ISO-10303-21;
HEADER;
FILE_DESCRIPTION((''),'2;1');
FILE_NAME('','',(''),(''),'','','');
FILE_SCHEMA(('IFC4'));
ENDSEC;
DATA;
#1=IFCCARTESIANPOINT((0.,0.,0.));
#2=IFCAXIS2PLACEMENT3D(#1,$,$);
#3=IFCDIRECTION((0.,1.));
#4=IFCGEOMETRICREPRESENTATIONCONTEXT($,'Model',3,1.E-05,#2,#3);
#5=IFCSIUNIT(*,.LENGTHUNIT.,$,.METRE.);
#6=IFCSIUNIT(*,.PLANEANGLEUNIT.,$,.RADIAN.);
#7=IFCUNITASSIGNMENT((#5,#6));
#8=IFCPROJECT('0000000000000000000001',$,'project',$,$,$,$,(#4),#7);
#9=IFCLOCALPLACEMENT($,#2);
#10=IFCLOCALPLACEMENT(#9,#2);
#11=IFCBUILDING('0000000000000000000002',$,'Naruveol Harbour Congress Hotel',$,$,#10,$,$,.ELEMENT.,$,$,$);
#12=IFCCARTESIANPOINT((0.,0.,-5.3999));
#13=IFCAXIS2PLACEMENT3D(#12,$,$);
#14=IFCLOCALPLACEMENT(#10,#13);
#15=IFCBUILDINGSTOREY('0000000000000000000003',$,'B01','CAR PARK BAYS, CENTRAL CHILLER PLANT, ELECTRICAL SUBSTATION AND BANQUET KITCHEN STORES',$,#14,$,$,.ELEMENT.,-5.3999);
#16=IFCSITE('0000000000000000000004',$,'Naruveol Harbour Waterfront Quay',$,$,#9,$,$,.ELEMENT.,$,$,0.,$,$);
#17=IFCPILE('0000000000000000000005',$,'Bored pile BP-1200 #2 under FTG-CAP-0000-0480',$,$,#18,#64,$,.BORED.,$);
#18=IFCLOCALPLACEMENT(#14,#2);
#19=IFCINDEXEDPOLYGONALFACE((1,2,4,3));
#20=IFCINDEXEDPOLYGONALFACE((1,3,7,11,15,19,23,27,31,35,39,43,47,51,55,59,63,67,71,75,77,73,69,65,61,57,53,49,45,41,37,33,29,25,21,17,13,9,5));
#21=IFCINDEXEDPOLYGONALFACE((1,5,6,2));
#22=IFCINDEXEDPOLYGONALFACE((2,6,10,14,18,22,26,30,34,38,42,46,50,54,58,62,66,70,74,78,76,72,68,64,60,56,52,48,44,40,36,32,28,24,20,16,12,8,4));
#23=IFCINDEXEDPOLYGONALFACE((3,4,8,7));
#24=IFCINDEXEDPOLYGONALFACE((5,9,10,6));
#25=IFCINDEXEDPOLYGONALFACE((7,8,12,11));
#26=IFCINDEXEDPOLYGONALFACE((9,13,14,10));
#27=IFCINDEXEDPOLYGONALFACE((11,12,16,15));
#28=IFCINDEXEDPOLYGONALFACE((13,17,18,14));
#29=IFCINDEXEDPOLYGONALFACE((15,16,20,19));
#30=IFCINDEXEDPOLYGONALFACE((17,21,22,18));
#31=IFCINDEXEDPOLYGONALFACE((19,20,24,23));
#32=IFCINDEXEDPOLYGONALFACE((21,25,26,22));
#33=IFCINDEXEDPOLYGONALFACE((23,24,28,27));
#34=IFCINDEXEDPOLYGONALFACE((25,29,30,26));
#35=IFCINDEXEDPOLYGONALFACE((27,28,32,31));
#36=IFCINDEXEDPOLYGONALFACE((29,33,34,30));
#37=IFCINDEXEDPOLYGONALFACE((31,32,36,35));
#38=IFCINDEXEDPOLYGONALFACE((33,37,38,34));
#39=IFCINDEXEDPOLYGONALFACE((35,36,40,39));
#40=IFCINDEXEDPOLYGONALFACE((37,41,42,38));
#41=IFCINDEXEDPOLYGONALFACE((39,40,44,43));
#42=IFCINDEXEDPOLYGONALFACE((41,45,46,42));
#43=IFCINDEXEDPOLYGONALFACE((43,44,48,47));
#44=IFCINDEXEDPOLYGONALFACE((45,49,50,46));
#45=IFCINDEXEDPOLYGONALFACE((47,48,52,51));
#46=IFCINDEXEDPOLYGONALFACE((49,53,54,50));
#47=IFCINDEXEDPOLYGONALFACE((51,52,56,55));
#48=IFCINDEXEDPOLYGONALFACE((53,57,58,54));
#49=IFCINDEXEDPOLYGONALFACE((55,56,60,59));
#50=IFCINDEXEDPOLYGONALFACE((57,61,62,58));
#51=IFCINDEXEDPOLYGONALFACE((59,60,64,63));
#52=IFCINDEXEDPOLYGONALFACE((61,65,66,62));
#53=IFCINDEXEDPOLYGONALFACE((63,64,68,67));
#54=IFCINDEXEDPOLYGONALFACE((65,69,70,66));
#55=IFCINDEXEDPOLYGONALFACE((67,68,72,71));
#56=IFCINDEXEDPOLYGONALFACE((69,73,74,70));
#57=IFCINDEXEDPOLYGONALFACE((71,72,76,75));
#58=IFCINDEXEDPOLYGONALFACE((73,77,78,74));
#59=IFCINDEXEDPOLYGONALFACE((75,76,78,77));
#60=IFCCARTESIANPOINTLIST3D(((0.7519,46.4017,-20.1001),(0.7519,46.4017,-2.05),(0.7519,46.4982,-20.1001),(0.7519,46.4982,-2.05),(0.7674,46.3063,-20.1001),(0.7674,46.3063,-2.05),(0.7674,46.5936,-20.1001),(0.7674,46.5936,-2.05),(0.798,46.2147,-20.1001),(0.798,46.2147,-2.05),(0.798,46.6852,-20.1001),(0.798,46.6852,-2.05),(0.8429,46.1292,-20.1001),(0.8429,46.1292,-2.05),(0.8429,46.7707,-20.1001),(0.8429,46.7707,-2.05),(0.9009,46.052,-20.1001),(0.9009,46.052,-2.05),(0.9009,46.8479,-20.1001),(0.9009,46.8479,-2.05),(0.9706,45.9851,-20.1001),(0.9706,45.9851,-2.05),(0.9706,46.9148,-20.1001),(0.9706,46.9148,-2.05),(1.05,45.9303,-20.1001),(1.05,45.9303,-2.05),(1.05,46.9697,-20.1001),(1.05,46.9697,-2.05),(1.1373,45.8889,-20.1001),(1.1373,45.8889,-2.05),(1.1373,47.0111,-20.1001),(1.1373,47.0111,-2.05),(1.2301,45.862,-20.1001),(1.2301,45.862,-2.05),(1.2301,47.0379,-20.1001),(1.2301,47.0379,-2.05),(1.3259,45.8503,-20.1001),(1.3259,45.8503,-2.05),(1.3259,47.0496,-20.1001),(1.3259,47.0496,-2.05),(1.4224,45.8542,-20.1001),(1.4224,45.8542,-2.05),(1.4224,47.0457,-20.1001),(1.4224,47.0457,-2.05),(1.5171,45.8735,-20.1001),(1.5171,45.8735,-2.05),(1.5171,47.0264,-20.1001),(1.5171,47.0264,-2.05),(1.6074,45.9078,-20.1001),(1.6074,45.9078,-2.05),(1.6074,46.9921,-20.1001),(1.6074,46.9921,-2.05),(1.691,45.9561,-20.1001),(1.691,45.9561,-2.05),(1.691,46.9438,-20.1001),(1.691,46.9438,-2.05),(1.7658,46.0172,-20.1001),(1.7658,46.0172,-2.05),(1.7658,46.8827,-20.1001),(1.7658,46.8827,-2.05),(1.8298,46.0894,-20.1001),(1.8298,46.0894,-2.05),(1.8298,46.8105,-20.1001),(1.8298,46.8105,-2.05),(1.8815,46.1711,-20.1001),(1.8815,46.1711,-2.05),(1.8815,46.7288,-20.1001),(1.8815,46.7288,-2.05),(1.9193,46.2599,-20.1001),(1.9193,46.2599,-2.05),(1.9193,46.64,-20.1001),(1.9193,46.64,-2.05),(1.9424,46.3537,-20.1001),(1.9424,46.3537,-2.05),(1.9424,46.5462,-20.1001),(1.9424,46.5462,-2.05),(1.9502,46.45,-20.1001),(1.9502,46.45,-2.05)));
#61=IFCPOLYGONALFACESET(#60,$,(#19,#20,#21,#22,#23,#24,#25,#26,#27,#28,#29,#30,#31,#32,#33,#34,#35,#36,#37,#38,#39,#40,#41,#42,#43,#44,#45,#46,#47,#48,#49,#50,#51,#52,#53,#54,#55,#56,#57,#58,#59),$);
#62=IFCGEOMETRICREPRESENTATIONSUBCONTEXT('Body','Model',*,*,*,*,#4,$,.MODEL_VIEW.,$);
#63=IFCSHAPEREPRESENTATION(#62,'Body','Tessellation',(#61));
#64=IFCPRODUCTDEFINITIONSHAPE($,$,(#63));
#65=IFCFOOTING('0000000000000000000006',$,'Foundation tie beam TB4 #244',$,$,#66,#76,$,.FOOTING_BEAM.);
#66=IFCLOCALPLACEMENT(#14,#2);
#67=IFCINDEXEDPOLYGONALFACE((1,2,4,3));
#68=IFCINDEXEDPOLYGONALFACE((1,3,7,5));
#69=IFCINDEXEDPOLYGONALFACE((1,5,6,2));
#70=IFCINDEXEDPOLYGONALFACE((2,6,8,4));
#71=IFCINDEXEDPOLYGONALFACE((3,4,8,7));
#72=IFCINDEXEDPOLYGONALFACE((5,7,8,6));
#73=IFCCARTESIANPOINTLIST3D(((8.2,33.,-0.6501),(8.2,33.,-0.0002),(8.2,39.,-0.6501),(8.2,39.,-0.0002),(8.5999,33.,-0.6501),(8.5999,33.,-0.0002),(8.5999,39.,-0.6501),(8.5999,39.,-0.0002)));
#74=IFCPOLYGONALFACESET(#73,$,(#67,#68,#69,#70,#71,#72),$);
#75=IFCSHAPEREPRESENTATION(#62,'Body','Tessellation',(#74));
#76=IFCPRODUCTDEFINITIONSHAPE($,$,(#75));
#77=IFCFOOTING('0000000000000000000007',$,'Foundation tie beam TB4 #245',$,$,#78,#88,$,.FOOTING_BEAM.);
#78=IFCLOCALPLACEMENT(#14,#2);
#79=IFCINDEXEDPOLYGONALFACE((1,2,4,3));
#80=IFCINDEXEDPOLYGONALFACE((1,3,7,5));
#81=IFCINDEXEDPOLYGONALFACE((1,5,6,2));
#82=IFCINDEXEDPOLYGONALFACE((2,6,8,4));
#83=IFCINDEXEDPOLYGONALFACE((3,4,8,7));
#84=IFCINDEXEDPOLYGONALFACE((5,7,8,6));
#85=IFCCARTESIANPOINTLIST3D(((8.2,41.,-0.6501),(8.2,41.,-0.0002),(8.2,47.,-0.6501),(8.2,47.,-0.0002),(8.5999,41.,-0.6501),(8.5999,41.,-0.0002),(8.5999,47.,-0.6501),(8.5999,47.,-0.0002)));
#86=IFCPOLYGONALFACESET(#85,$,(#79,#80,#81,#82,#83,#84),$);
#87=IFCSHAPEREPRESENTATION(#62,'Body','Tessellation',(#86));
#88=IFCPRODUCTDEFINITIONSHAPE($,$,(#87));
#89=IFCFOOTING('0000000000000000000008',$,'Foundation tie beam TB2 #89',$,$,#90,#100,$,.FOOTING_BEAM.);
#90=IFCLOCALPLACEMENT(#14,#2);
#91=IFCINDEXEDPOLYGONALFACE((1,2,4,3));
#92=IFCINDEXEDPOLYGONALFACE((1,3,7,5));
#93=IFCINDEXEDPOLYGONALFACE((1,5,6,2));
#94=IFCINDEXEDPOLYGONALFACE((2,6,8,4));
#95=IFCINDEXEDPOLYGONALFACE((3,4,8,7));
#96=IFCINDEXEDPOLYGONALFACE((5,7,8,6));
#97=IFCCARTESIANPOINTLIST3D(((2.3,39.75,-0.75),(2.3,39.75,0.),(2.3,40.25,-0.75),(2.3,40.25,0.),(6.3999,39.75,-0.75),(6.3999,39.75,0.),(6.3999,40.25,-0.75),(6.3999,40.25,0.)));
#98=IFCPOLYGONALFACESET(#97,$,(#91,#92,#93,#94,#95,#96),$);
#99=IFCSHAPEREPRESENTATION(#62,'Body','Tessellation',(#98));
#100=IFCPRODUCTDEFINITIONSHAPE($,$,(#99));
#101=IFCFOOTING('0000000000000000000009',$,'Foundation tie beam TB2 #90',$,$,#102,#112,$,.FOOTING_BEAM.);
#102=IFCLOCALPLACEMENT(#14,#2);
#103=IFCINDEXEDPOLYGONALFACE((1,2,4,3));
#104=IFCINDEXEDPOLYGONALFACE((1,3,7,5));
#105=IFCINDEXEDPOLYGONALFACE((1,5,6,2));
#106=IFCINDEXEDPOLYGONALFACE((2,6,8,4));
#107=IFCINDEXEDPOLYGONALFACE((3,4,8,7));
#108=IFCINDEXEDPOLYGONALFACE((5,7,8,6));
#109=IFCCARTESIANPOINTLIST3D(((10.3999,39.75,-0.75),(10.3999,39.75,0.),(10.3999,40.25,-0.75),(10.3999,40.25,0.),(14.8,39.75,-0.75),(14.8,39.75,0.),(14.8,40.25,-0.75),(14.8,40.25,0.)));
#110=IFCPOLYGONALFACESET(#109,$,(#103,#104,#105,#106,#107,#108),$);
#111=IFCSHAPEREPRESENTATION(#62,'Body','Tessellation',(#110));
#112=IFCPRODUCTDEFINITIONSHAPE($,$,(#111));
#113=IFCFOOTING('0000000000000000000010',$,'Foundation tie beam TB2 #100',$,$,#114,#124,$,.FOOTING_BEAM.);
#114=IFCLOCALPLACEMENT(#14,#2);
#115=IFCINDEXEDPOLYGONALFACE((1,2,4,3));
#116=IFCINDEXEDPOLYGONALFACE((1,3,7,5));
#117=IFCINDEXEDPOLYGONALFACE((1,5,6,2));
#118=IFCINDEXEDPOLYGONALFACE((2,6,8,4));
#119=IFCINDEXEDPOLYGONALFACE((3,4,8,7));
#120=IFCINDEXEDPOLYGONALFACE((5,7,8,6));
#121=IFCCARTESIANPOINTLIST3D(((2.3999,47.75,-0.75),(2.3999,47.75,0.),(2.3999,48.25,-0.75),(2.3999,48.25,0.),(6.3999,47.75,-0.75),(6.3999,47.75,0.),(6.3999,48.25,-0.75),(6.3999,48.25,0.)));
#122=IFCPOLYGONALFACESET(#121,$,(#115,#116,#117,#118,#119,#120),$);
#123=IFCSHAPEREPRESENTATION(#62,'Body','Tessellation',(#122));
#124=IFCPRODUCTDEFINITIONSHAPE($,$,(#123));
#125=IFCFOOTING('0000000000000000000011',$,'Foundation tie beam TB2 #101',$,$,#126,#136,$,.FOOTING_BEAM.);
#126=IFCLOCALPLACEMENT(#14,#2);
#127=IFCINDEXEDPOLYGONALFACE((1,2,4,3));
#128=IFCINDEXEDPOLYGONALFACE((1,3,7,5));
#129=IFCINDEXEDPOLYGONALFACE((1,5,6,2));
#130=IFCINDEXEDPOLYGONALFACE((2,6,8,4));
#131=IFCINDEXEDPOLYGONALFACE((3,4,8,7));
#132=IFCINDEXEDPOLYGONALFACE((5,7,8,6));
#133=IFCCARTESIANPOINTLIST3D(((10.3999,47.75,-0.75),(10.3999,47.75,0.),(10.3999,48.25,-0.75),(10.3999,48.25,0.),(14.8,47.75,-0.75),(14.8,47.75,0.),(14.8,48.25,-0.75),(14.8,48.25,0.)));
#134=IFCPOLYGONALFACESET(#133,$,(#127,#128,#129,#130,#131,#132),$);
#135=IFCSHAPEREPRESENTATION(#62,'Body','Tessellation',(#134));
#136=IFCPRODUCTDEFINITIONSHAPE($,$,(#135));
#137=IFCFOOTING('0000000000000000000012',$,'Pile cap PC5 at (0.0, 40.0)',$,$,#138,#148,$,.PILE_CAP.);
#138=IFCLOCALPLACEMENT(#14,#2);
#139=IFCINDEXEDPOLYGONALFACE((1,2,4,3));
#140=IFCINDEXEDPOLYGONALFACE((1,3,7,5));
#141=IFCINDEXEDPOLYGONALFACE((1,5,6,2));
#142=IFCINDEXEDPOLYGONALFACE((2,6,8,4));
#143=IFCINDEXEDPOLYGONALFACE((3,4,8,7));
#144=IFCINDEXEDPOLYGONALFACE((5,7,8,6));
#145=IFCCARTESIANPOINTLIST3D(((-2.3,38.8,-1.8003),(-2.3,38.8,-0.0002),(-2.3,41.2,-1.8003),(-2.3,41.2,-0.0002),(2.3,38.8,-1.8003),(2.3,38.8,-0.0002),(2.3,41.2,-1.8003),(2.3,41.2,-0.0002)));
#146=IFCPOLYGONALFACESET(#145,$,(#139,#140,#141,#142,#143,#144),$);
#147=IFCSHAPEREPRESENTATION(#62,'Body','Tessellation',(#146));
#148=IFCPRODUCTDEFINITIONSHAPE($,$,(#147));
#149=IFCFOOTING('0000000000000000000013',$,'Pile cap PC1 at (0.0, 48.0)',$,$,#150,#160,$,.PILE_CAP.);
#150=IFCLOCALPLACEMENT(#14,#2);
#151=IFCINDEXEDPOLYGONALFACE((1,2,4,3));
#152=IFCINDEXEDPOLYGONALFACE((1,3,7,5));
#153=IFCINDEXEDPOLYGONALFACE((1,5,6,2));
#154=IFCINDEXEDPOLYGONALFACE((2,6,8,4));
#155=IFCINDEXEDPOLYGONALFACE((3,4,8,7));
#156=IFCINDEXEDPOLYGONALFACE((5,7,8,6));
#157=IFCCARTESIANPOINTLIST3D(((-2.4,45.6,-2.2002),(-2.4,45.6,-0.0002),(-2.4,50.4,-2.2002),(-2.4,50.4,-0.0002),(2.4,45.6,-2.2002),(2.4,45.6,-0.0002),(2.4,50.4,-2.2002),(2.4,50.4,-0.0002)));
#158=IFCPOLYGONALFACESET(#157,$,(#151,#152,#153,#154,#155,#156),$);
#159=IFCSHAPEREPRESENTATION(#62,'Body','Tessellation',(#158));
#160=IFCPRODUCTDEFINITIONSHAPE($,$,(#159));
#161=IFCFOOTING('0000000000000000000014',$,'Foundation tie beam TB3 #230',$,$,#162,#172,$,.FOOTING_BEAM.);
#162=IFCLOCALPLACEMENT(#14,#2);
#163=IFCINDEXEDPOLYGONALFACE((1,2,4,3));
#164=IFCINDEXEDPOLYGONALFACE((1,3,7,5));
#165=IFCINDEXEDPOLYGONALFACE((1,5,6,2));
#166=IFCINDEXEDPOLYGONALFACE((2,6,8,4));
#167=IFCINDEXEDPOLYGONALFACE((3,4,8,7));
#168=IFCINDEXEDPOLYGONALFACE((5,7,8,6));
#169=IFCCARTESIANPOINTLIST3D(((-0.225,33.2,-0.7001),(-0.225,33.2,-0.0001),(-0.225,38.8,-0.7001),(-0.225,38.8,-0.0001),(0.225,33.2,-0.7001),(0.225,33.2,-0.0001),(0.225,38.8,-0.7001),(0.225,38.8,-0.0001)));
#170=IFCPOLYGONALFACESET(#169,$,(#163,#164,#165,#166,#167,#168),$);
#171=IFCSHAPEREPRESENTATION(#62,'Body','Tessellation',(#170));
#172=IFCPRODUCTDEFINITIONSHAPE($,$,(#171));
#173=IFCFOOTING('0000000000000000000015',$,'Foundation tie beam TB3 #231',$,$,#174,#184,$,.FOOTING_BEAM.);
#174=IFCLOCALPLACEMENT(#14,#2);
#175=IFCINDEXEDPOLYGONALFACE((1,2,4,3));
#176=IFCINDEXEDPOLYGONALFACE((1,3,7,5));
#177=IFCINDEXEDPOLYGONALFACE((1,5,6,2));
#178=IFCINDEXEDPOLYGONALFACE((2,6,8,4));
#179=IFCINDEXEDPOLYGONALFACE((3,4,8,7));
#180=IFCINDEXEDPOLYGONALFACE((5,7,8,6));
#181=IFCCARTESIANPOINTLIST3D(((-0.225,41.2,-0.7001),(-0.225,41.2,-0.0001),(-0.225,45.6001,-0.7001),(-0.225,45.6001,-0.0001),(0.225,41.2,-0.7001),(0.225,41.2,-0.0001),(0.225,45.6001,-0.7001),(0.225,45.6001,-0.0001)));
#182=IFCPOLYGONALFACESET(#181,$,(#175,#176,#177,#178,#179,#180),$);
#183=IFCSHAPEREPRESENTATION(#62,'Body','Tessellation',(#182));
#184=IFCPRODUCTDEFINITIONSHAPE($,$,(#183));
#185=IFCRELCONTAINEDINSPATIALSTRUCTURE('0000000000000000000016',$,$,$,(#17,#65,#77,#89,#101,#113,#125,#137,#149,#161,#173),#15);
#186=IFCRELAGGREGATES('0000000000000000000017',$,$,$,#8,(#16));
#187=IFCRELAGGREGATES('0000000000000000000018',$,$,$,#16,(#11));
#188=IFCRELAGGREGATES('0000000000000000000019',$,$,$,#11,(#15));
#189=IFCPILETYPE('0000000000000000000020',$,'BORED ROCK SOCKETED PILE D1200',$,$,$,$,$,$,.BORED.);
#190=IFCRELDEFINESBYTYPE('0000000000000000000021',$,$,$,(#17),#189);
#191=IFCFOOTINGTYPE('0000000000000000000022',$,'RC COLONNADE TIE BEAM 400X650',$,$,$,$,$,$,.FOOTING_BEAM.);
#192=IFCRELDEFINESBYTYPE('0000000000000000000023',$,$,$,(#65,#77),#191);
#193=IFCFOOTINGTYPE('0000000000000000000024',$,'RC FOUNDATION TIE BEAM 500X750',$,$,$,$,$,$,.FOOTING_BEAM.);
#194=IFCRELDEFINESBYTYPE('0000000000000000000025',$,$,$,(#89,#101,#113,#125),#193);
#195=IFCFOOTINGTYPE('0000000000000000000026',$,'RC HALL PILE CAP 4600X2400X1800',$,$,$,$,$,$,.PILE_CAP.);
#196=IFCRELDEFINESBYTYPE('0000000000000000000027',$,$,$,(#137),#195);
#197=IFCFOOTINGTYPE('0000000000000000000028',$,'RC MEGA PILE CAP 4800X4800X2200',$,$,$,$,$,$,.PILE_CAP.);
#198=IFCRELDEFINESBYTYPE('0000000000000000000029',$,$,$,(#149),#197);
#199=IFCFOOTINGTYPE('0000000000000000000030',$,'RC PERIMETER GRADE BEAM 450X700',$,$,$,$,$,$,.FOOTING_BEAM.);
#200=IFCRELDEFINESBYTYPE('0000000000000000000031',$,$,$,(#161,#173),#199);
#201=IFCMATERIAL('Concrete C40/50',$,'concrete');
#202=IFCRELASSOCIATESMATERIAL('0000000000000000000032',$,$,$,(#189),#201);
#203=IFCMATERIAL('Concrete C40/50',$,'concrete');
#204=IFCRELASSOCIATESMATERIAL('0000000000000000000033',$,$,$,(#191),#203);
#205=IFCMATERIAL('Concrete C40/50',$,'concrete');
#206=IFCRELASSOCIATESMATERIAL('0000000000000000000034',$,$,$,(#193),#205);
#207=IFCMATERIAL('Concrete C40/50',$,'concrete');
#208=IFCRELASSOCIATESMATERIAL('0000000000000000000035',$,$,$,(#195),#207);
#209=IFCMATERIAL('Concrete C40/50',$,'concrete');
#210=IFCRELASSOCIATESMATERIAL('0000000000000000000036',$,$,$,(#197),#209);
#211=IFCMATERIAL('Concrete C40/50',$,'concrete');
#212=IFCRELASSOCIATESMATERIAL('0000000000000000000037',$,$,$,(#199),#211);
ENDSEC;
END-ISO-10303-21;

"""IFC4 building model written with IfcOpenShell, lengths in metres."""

from ifc_helpers import new_model, si_unit, direction, frame, origin, origin_2d, place, context, subcontext, project, spatial, rectangle, circle, extrude, material, material_profile, profile_set, type_object, element, save


model = new_model("IFC4")

# Units and contexts
model_context = context("Model", 3, precision=1e-05, world=origin(), true_north=direction((0.0, 1.0)))
body_context = subcontext(model_context, "Body", "Model", "MODEL_VIEW")
ifc_project = project(units=[si_unit("LENGTHUNIT", "METRE"), si_unit("PLANEANGLEUNIT", "RADIAN")], contexts=[model_context])

# Site, building, storey
site_placement = place(None, origin())
site = spatial("IfcSite", under=ifc_project, at=site_placement, Name="Naruveol Harbour Waterfront Quay", CompositionType="ELEMENT", RefElevation=0.0)
building_placement = place(site_placement, origin())
building = spatial("IfcBuilding", under=site, at=building_placement, Name="Naruveol Harbour Congress Hotel", CompositionType="ELEMENT")
storey_placement = place(building_placement, frame((0.0, 0.0, -5.3999)))
storey = spatial("IfcBuildingStorey", under=building, at=storey_placement, Name="B01", Description="CAR PARK BAYS, CENTRAL CHILLER PLANT, ELECTRICAL SUBSTATION AND BANQUET KITCHEN STORES", CompositionType="ELEMENT", Elevation=-5.3999)

# Pile
ifc_material_1 = material(Name="Concrete C40/50", Category="concrete")
ifc_material_profile_1 = material_profile(ifc_material_1, circle(Radius=0.6001, at=origin_2d()), Name="BP-1200")
ifc_profile_set_1 = profile_set([ifc_material_profile_1], Name="Concrete C40/50")
pile_type_1 = type_object("IfcPileType", Name="BORED ROCK SOCKETED PILE D1200", PredefinedType="BORED", material=ifc_profile_set_1)
for number, where, z_axis, x_axis, name in (
    (1, (1.3501, 46.45, -2.05), (0.0, 0.0, -1.0), (1.0, 0.0, 0.0), "Bored pile BP-1200 #2 under FTG-CAP-0000-0480"),
):
    element("IfcPile", number, at=place(storey_placement, frame(where, z_axis=z_axis, x_axis=x_axis)), inside=storey, type_object=pile_type_1, Name=name, PredefinedType="BORED", context=body_context, shape_type="SweptSolid", body=[
        extrude(circle(Radius=0.6001, at=origin_2d()), origin(), (0.0, 0.0, 1.0), 18.05),
    ])

# Footings
ifc_material_2 = material(Name="Concrete C40/50", Category="concrete")
ifc_material_profile_2 = material_profile(ifc_material_2, rectangle(XDim=0.3999, YDim=0.6499, at=origin_2d()), Name="RCB-400x650")
ifc_profile_set_2 = profile_set([ifc_material_profile_2], Name="Concrete C40/50")
footing_type_1 = type_object("IfcFootingType", Name="RC COLONNADE TIE BEAM 400X650", PredefinedType="FOOTING_BEAM", material=ifc_profile_set_2)
for number, where, z_axis, x_axis, name in (
    (2, (8.3999, 33.0, -0.3252), (0.0, 1.0, 0.0), (-1.0, 0.0, 0.0), "Foundation tie beam TB4 #244"),
    (3, (8.3999, 41.0, -0.3252), (0.0, 1.0, 0.0), (-1.0, 0.0, 0.0), "Foundation tie beam TB4 #245"),
):
    element("IfcFooting", number, at=place(storey_placement, frame(where, z_axis=z_axis, x_axis=x_axis)), inside=storey, type_object=footing_type_1, Name=name, PredefinedType="FOOTING_BEAM", context=body_context, shape_type="SweptSolid", body=[
        extrude(rectangle(XDim=0.3999, YDim=0.6499, at=origin_2d()), origin(), (0.0, 0.0, 1.0), 6.0),
    ])
ifc_material_3 = material(Name="Concrete C40/50", Category="concrete")
ifc_material_profile_3 = material_profile(ifc_material_3, rectangle(XDim=0.5, YDim=0.75, at=origin_2d()), Name="RCB-500x750")
ifc_profile_set_3 = profile_set([ifc_material_profile_3], Name="Concrete C40/50")
footing_type_2 = type_object("IfcFootingType", Name="RC FOUNDATION TIE BEAM 500X750", PredefinedType="FOOTING_BEAM", material=ifc_profile_set_3)
footing_1_placement = place(storey_placement, frame((2.3, 40.0, -0.375), z_axis=(1.0, 0.0, 0.0), x_axis=(0.0, 1.0, 0.0)))
element("IfcFooting", 4, at=footing_1_placement, inside=storey, type_object=footing_type_2, Name="Foundation tie beam TB2 #89", PredefinedType="FOOTING_BEAM", context=body_context, shape_type="SweptSolid", body=[
    extrude(rectangle(XDim=0.5, YDim=0.75, at=origin_2d()), origin(), (0.0, 0.0, 1.0), 4.0999),
])
footing_2_placement = place(storey_placement, frame((10.3999, 40.0, -0.375), z_axis=(1.0, 0.0, 0.0), x_axis=(0.0, 1.0, 0.0)))
element("IfcFooting", 5, at=footing_2_placement, inside=storey, type_object=footing_type_2, Name="Foundation tie beam TB2 #90", PredefinedType="FOOTING_BEAM", context=body_context, shape_type="SweptSolid", body=[
    extrude(rectangle(XDim=0.5, YDim=0.75, at=origin_2d()), origin(), (0.0, 0.0, 1.0), 4.4001),
])
footing_3_placement = place(storey_placement, frame((2.3999, 48.0, -0.375), z_axis=(1.0, 0.0, 0.0), x_axis=(0.0, 1.0, 0.0)))
element("IfcFooting", 6, at=footing_3_placement, inside=storey, type_object=footing_type_2, Name="Foundation tie beam TB2 #100", PredefinedType="FOOTING_BEAM", context=body_context, shape_type="SweptSolid", body=[
    extrude(rectangle(XDim=0.5, YDim=0.75, at=origin_2d()), origin(), (0.0, 0.0, 1.0), 4.0),
])
footing_4_placement = place(storey_placement, frame((10.3999, 48.0, -0.375), z_axis=(1.0, 0.0, 0.0), x_axis=(0.0, 1.0, 0.0)))
element("IfcFooting", 7, at=footing_4_placement, inside=storey, type_object=footing_type_2, Name="Foundation tie beam TB2 #101", PredefinedType="FOOTING_BEAM", context=body_context, shape_type="SweptSolid", body=[
    extrude(rectangle(XDim=0.5, YDim=0.75, at=origin_2d()), origin(), (0.0, 0.0, 1.0), 4.4001),
])
ifc_material_4 = material(Name="Concrete C40/50", Category="concrete")
footing_type_3 = type_object("IfcFootingType", Name="RC HALL PILE CAP 4600X2400X1800", PredefinedType="PILE_CAP", material=ifc_material_4)
footing_5_placement = place(storey_placement, frame((0.0, 40.0, -1.8003), z_axis=(0.0, 0.0, 1.0), x_axis=(1.0, 0.0, 0.0)))
element("IfcFooting", 8, at=footing_5_placement, inside=storey, type_object=footing_type_3, Name="Pile cap PC5 at (0.0, 40.0)", PredefinedType="PILE_CAP", context=body_context, shape_type="SweptSolid", body=[
    extrude(rectangle(XDim=4.6001, YDim=2.3999, at=origin_2d()), origin(), (0.0, 0.0, 1.0), 1.8),
])
ifc_material_5 = material(Name="Concrete C40/50", Category="concrete")
footing_type_4 = type_object("IfcFootingType", Name="RC MEGA PILE CAP 4800X4800X2200", PredefinedType="PILE_CAP", material=ifc_material_5)
footing_6_placement = place(storey_placement, frame((0.0, 48.0, -2.2002), z_axis=(0.0, 0.0, 1.0), x_axis=(1.0, 0.0, 0.0)))
element("IfcFooting", 9, at=footing_6_placement, inside=storey, type_object=footing_type_4, Name="Pile cap PC1 at (0.0, 48.0)", PredefinedType="PILE_CAP", context=body_context, shape_type="SweptSolid", body=[
    extrude(rectangle(XDim=4.8, YDim=4.8, at=origin_2d()), origin(), (0.0, 0.0, 1.0), 2.2),
])
ifc_material_6 = material(Name="Concrete C40/50", Category="concrete")
ifc_material_profile_4 = material_profile(ifc_material_6, rectangle(XDim=0.45, YDim=0.7, at=origin_2d()), Name="RCB-450x700")
ifc_profile_set_4 = profile_set([ifc_material_profile_4], Name="Concrete C40/50")
footing_type_5 = type_object("IfcFootingType", Name="RC PERIMETER GRADE BEAM 450X700", PredefinedType="FOOTING_BEAM", material=ifc_profile_set_4)
footing_7_placement = place(storey_placement, frame((0.0, 33.2, -0.3501), z_axis=(0.0, 1.0, 0.0), x_axis=(-1.0, 0.0, 0.0)))
element("IfcFooting", 10, at=footing_7_placement, inside=storey, type_object=footing_type_5, Name="Foundation tie beam TB3 #230", PredefinedType="FOOTING_BEAM", context=body_context, shape_type="SweptSolid", body=[
    extrude(rectangle(XDim=0.45, YDim=0.7, at=origin_2d()), origin(), (0.0, 0.0, 1.0), 5.6001),
])
footing_8_placement = place(storey_placement, frame((0.0, 41.2, -0.3501), z_axis=(0.0, 1.0, 0.0), x_axis=(-1.0, 0.0, 0.0)))
element("IfcFooting", 11, at=footing_8_placement, inside=storey, type_object=footing_type_5, Name="Foundation tie beam TB3 #231", PredefinedType="FOOTING_BEAM", context=body_context, shape_type="SweptSolid", body=[
    extrude(rectangle(XDim=0.45, YDim=0.7, at=origin_2d()), origin(), (0.0, 0.0, 1.0), 4.4001),
])

save(model, "model.ifc")
